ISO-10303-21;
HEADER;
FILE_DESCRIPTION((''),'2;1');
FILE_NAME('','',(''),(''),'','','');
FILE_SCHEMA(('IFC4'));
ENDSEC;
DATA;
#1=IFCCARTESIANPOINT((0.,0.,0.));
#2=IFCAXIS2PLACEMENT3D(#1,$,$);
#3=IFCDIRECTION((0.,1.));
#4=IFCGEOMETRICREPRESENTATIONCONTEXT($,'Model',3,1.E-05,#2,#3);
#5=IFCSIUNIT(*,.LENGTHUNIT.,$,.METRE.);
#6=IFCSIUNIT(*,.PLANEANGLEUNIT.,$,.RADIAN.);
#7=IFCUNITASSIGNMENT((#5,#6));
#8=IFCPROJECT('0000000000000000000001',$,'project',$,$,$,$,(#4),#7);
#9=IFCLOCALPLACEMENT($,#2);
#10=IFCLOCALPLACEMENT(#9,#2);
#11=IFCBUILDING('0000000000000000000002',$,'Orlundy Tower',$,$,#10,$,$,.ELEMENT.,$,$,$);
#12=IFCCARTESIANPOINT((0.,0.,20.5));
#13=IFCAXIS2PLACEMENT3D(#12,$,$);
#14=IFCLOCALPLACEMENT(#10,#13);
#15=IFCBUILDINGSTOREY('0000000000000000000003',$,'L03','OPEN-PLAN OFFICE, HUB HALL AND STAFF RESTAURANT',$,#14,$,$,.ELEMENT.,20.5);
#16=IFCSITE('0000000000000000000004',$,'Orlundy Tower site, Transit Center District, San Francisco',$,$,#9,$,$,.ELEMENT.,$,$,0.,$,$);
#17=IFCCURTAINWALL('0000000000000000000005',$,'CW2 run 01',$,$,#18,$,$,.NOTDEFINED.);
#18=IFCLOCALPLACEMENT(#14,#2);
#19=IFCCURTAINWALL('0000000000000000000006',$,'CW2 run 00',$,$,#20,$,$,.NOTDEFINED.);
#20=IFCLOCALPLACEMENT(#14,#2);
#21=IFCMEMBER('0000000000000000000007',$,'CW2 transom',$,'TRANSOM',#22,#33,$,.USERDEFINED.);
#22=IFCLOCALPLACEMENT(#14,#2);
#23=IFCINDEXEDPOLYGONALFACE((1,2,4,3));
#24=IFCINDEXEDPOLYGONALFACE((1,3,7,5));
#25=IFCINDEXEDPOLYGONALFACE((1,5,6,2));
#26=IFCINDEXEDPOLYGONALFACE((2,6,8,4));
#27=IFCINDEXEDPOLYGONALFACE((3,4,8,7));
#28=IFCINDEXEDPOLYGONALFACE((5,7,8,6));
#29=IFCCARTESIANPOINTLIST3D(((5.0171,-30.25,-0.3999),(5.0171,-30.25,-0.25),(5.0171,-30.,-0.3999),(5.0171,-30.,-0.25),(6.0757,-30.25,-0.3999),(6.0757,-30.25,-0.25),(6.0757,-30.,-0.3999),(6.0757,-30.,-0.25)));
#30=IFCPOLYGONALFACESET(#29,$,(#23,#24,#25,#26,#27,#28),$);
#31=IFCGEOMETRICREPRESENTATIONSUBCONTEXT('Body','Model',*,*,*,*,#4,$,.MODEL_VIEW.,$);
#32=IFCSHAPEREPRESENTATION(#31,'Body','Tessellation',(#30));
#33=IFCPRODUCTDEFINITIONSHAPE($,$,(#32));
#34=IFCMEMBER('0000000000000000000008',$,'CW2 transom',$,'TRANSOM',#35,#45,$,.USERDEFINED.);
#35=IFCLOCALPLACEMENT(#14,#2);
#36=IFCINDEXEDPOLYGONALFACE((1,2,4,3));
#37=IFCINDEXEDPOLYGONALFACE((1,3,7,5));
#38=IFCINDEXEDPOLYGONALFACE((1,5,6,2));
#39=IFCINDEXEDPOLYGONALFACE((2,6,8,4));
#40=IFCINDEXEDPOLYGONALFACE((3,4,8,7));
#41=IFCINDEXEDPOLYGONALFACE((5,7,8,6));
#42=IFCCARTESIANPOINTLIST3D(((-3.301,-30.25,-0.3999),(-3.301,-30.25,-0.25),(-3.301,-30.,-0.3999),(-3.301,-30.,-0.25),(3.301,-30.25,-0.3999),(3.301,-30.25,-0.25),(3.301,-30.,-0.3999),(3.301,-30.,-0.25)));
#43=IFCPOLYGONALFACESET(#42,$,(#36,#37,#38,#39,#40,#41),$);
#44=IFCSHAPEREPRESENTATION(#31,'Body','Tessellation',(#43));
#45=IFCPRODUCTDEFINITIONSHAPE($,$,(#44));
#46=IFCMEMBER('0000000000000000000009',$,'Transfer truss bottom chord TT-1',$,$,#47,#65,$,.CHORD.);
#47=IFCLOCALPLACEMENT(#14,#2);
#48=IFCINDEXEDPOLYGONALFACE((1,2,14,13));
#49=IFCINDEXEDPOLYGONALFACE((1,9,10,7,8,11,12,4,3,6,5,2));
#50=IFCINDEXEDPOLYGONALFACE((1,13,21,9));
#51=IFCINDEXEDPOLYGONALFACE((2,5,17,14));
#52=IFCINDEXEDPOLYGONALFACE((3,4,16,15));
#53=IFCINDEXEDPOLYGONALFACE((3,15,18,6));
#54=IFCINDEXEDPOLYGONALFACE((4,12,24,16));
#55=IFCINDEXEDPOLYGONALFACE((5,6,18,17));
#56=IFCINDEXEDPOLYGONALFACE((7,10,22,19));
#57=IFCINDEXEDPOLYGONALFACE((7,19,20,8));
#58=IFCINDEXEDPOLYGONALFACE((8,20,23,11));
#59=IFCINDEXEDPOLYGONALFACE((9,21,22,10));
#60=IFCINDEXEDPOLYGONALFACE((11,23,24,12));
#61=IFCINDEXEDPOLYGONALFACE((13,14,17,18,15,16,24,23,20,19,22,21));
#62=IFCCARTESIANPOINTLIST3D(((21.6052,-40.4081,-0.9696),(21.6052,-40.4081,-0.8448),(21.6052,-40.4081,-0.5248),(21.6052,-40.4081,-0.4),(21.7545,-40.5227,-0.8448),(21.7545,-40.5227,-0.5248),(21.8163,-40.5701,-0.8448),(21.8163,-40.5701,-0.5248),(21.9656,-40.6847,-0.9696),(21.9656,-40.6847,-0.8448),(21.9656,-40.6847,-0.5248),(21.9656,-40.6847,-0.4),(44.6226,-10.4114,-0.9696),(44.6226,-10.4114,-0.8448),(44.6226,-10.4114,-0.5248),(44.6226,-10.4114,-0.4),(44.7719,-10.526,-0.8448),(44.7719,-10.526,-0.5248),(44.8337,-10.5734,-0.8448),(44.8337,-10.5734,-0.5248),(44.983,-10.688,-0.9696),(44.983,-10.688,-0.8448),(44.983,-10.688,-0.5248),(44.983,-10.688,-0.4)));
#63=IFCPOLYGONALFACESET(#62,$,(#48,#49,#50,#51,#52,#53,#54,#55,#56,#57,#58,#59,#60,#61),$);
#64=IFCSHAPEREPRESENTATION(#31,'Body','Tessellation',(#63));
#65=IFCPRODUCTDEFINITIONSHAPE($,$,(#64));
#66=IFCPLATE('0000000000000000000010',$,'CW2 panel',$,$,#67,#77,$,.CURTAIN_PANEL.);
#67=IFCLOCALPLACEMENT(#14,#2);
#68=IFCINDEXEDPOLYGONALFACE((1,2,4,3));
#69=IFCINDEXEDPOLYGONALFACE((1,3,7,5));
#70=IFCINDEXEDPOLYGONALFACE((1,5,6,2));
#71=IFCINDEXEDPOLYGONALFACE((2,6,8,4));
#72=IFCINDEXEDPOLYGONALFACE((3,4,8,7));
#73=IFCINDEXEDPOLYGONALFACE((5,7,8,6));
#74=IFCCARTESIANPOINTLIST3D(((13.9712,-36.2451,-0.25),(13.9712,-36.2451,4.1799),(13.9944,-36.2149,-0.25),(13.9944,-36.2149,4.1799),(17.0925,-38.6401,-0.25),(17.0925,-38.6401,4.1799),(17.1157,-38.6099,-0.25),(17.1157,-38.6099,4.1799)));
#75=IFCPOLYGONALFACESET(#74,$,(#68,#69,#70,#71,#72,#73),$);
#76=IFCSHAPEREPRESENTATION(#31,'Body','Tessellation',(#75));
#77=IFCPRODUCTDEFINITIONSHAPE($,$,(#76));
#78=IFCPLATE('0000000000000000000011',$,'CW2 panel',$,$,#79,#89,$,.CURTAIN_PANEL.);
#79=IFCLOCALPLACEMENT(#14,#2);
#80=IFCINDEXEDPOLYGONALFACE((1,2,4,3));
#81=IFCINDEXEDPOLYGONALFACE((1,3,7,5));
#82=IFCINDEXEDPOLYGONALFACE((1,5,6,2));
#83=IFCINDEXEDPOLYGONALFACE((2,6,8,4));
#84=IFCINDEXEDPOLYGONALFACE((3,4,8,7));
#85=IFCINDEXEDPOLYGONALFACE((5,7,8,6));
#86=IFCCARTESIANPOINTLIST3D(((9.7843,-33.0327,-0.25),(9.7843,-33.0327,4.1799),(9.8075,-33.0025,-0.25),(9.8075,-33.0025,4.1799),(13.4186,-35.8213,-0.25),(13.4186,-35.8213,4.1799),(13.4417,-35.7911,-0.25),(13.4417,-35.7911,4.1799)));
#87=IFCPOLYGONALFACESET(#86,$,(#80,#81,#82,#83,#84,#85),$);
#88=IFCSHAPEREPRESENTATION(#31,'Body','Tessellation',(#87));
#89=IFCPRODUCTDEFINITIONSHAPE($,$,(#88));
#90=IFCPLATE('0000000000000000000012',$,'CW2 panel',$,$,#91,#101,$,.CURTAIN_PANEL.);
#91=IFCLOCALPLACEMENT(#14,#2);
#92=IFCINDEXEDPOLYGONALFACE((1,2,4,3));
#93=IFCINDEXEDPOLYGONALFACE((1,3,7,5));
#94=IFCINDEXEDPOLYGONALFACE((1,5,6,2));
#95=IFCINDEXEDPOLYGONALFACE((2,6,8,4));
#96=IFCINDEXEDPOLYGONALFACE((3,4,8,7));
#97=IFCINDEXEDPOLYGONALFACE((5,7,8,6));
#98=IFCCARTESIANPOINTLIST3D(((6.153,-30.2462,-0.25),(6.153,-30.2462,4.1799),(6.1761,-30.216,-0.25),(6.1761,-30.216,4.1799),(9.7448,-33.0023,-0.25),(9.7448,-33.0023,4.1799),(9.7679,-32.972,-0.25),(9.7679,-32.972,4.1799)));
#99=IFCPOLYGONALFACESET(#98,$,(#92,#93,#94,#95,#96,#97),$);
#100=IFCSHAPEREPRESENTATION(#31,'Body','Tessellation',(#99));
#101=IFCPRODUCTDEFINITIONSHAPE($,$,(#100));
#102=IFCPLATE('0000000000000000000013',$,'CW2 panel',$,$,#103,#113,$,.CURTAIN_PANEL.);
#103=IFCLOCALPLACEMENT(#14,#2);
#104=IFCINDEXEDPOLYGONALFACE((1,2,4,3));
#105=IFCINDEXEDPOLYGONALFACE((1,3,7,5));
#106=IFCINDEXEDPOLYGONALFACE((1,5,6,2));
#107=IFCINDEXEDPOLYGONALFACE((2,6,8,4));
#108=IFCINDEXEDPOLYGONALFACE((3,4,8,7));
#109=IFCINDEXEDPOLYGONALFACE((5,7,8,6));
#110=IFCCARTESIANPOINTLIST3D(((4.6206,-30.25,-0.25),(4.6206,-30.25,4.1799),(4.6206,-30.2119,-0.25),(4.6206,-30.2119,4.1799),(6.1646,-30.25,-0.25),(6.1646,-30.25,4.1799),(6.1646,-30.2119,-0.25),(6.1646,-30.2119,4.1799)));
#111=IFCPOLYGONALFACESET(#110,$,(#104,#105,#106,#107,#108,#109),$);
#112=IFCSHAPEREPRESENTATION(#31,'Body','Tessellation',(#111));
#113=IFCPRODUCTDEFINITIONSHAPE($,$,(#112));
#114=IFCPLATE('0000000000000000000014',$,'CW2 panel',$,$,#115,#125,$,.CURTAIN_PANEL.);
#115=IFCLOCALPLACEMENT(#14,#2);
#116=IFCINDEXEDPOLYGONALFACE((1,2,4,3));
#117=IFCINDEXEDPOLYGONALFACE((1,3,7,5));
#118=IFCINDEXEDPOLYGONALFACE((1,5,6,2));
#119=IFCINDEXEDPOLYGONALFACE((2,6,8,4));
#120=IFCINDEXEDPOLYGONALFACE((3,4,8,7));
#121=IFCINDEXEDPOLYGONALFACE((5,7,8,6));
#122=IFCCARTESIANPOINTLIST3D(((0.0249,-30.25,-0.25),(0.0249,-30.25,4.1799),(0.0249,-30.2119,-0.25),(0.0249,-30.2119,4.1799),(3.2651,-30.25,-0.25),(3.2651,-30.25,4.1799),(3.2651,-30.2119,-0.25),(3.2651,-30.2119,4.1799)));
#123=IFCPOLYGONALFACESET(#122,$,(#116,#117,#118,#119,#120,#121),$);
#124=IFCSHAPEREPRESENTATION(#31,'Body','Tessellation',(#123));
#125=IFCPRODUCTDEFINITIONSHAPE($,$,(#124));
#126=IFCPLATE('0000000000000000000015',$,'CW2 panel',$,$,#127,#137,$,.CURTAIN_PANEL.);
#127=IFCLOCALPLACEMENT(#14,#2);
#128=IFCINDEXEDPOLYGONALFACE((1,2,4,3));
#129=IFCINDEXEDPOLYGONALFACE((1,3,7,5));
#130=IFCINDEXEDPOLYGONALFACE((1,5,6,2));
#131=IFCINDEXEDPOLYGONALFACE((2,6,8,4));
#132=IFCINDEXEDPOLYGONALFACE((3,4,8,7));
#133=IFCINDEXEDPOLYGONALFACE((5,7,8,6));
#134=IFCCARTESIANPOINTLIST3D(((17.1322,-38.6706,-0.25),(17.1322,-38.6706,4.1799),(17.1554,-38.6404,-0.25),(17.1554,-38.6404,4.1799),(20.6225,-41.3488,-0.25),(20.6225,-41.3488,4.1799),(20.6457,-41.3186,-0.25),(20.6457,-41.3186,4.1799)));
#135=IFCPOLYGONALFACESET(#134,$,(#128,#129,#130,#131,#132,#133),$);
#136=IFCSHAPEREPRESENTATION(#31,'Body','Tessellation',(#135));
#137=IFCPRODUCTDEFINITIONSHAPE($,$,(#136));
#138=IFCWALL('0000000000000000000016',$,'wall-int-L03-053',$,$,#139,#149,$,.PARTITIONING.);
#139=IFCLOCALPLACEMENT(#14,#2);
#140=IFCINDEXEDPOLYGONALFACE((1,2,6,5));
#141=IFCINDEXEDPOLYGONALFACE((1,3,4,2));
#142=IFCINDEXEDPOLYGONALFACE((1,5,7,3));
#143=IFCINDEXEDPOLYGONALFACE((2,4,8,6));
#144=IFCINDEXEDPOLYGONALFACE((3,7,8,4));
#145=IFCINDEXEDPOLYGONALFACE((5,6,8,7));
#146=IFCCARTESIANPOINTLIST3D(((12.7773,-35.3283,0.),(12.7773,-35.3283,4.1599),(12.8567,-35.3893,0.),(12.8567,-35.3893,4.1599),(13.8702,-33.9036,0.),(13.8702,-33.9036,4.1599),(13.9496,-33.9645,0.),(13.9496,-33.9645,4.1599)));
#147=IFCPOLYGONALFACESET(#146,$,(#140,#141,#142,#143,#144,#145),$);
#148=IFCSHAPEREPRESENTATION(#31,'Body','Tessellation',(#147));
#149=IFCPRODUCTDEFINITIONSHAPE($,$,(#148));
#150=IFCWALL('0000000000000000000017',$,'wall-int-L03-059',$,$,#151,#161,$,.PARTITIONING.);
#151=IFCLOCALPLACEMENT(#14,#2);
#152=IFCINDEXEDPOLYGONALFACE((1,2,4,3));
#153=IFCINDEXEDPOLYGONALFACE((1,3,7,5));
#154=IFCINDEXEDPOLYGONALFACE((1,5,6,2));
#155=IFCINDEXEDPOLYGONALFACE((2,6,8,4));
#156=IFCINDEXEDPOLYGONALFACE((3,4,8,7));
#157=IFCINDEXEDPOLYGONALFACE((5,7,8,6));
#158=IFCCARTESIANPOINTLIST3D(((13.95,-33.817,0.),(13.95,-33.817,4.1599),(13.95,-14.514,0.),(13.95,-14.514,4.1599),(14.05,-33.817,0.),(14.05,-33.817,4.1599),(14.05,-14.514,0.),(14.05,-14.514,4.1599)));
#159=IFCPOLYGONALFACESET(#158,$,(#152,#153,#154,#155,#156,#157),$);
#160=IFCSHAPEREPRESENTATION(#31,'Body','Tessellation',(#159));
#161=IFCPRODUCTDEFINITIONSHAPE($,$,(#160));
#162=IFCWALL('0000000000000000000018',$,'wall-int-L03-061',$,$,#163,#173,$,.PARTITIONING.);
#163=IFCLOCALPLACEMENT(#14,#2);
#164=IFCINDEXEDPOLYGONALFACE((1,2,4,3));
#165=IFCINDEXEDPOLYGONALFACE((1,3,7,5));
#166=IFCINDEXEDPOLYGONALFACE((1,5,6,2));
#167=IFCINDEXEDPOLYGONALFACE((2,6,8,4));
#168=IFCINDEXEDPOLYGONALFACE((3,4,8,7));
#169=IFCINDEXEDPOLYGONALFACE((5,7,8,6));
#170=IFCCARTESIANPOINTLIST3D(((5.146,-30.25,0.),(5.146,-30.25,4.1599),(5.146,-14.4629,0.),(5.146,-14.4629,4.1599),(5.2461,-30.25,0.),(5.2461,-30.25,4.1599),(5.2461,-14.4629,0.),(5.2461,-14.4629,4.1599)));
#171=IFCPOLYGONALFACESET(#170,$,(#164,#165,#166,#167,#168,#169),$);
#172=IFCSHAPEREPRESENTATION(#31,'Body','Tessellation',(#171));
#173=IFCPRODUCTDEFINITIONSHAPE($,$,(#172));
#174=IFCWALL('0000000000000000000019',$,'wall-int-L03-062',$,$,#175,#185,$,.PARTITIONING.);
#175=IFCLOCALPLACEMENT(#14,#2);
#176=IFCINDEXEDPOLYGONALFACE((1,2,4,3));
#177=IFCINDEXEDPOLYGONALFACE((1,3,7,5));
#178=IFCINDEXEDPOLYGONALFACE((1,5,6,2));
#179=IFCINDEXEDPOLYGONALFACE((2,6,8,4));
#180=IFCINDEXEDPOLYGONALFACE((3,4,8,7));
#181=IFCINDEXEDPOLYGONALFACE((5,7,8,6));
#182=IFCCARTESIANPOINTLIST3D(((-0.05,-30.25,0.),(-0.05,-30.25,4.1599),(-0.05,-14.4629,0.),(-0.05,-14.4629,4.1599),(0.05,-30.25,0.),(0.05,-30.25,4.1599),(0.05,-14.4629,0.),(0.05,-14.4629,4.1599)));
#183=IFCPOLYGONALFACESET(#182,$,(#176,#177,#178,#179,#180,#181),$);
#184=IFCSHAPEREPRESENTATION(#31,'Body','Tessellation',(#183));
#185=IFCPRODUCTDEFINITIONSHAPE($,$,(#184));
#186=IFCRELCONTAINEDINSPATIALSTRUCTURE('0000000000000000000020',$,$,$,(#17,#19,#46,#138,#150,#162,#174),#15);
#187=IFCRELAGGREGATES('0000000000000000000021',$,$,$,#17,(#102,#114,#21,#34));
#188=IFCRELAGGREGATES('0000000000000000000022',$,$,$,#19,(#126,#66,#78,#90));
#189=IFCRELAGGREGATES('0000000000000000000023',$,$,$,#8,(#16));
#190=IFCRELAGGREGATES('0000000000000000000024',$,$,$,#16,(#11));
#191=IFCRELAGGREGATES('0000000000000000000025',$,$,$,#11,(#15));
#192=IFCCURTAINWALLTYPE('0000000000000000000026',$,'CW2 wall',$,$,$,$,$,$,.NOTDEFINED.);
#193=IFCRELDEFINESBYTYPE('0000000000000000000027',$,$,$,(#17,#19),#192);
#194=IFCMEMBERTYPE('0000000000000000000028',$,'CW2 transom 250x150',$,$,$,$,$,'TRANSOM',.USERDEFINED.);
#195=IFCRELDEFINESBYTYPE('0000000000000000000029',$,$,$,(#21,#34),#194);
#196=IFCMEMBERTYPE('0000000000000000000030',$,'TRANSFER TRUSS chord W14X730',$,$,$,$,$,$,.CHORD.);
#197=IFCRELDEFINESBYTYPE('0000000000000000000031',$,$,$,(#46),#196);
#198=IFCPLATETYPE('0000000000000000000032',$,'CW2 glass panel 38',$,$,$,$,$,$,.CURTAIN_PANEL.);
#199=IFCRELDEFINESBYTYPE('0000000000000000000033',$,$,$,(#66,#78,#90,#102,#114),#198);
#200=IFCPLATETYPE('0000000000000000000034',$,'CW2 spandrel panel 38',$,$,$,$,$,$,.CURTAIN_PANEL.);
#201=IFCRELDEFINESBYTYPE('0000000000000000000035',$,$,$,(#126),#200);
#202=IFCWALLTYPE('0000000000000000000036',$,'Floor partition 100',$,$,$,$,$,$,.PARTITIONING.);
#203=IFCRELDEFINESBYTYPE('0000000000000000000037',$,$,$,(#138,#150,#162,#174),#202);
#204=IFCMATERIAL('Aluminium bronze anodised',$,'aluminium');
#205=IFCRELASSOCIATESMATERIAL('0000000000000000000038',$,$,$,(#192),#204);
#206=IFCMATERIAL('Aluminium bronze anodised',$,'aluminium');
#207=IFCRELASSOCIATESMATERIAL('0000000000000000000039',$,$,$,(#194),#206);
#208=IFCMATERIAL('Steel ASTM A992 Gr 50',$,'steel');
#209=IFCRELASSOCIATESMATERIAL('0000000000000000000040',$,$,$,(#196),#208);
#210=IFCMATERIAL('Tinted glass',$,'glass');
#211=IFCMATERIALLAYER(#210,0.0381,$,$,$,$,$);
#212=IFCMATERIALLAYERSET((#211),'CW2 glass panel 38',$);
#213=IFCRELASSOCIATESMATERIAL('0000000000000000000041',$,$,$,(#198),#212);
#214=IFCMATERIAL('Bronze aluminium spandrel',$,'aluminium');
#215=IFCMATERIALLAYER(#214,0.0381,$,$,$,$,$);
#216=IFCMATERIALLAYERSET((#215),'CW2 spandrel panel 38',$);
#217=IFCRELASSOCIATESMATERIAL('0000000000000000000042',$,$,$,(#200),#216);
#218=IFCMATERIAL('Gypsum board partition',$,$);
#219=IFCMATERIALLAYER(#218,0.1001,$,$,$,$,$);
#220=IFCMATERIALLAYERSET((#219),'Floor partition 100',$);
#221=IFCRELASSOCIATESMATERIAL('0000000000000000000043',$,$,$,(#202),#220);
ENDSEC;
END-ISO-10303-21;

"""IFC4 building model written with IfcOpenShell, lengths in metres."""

from ifc_helpers import new_model, si_unit, direction, frame, frame_2d, origin, origin_2d, place, context, subcontext, project, spatial, rectangle, i_section, extrude, material, layer, layer_set, material_profile, profile_set, type_object, element, aggregate, save


model = new_model("IFC4")

# Units and contexts
model_context = context("Model", 3, precision=1e-05, world=origin(), true_north=direction((0.0, 1.0)))
body_context = subcontext(model_context, "Body", "Model", "MODEL_VIEW")
ifc_project = project(units=[si_unit("LENGTHUNIT", "METRE"), si_unit("PLANEANGLEUNIT", "RADIAN")], contexts=[model_context])

# Site, building, storey
site_placement = place(None, origin())
site = spatial("IfcSite", under=ifc_project, at=site_placement, Name="Orlundy Tower site, Transit Center District, San Francisco", CompositionType="ELEMENT", RefElevation=0.0)
building_placement = place(site_placement, origin())
building = spatial("IfcBuilding", under=site, at=building_placement, Name="Orlundy Tower", CompositionType="ELEMENT")
storey_placement = place(building_placement, frame((0.0, 0.0, 20.5)))
storey = spatial("IfcBuildingStorey", under=building, at=storey_placement, Name="L03", Description="OPEN-PLAN OFFICE, HUB HALL AND STAFF RESTAURANT", CompositionType="ELEMENT", Elevation=20.5)

# Curtain wall
ifc_material_1 = material(Name="Aluminium bronze anodised", Category="aluminium")
curtain_wall_type = type_object("IfcCurtainWallType", Name="CW2 wall", PredefinedType="NOTDEFINED", material=ifc_material_1)
curtain_wall_1_placement = place(storey_placement, origin())
curtain_wall_1 = element("IfcCurtainWall", 1, at=curtain_wall_1_placement, inside=storey, type_object=curtain_wall_type, Name="CW2 run 01", PredefinedType="NOTDEFINED")

# Curtain wall
curtain_wall_2_placement = place(storey_placement, origin())
curtain_wall_2 = element("IfcCurtainWall", 2, at=curtain_wall_2_placement, inside=storey, type_object=curtain_wall_type, Name="CW2 run 00", PredefinedType="NOTDEFINED")

# Members
ifc_material_2 = material(Name="Aluminium bronze anodised", Category="aluminium")
ifc_material_profile_1 = material_profile(ifc_material_2, rectangle(XDim=0.25, YDim=0.1499, at=origin_2d()), Name="CW2 transom 250x150")
ifc_profile_set_1 = profile_set([ifc_material_profile_1], Name="Aluminium bronze anodised")
member_type_1 = type_object("IfcMemberType", Name="CW2 transom 250x150", ElementType="TRANSOM", PredefinedType="USERDEFINED", material=ifc_profile_set_1)
member_1_placement = place(storey_placement, frame((6.0757, -30.125, -0.325), z_axis=(-1.0, 0.0, 0.0), x_axis=(0.0, -1.0, 0.0)))
member_1 = element("IfcMember", 3, at=member_1_placement, type_object=member_type_1, Name="CW2 transom", ObjectType="TRANSOM", PredefinedType="USERDEFINED", context=body_context, shape_type="SweptSolid", body=[
    extrude(rectangle(XDim=0.25, YDim=0.1499, at=origin_2d()), origin(), (0.0, 0.0, 1.0), 1.0586),
])
member_2_placement = place(storey_placement, frame((3.301, -30.125, -0.325), z_axis=(-1.0, 0.0, 0.0), x_axis=(0.0, -1.0, 0.0)))
member_2 = element("IfcMember", 4, at=member_2_placement, type_object=member_type_1, Name="CW2 transom", ObjectType="TRANSOM", PredefinedType="USERDEFINED", context=body_context, shape_type="SweptSolid", body=[
    extrude(rectangle(XDim=0.25, YDim=0.1499, at=origin_2d()), origin(), (0.0, 0.0, 1.0), 6.6021),
])
ifc_material_3 = material(Name="Steel ASTM A992 Gr 50", Category="steel")
ifc_material_profile_2 = material_profile(ifc_material_3, i_section(OverallWidth=0.4543, OverallDepth=0.5696, WebThickness=0.0779, FlangeThickness=0.1248, at=origin_2d()), Name="W14X730")
ifc_profile_set_2 = profile_set([ifc_material_profile_2], Name="Steel ASTM A992 Gr 50")
member_type_2 = type_object("IfcMemberType", Name="TRANSFER TRUSS chord W14X730", PredefinedType="CHORD", material=ifc_profile_set_2)
member_3_placement = place(storey_placement, frame((21.7854, -40.5464, -0.6848), z_axis=(0.608764, 0.793351, 0.0), x_axis=(-0.793351, 0.608764, 0.0)))
element("IfcMember", 5, at=member_3_placement, inside=storey, type_object=member_type_2, Name="Transfer truss bottom chord TT-1", PredefinedType="CHORD", context=body_context, shape_type="SweptSolid", body=[
    extrude(i_section(OverallWidth=0.4543, OverallDepth=0.5696, WebThickness=0.0779, FlangeThickness=0.1248, at=origin_2d()), origin(), (0.0, 0.0, 1.0), 37.8101),
])

# Plates
ifc_material_4 = material(Name="Tinted glass", Category="glass")
ifc_layer_1 = layer(ifc_material_4, 0.0381)
ifc_layer_set_1 = layer_set([ifc_layer_1], Name="CW2 glass panel 38")
plate_type_1 = type_object("IfcPlateType", Name="CW2 glass panel 38", PredefinedType="CURTAIN_PANEL", material=ifc_layer_set_1)
plate_1_placement = place(storey_placement, frame((15.5435, -37.4275, -0.25), z_axis=(0.0, 0.0, 1.0), x_axis=(-0.793357, 0.608757, 0.0)))
plate_1 = element("IfcPlate", 6, at=plate_1_placement, type_object=plate_type_1, Name="CW2 panel", PredefinedType="CURTAIN_PANEL", context=body_context, shape_type="SweptSolid", body=[
    extrude(rectangle(XDim=3.9343, YDim=0.0381, at=origin_2d()), origin(), (0.0, 0.0, 1.0), 4.4299),
])
plate_2_placement = place(storey_placement, frame((11.613, -34.4119, -0.25), z_axis=(0.0, 0.0, 1.0), x_axis=(-0.793357, 0.608757, 0.0)))
plate_2 = element("IfcPlate", 7, at=plate_2_placement, type_object=plate_type_1, Name="CW2 panel", PredefinedType="CURTAIN_PANEL", context=body_context, shape_type="SweptSolid", body=[
    extrude(rectangle(XDim=4.5808, YDim=0.0381, at=origin_2d()), origin(), (0.0, 0.0, 1.0), 4.4299),
])
plate_3_placement = place(storey_placement, frame((7.9604, -31.6091, -0.25), z_axis=(0.0, 0.0, 1.0), x_axis=(-0.793357, 0.608757, 0.0)))
plate_3 = element("IfcPlate", 8, at=plate_3_placement, type_object=plate_type_1, Name="CW2 panel", PredefinedType="CURTAIN_PANEL", context=body_context, shape_type="SweptSolid", body=[
    extrude(rectangle(XDim=4.5273, YDim=0.0381, at=origin_2d()), origin(), (0.0, 0.0, 1.0), 4.4299),
])
plate_4_placement = place(storey_placement, frame((5.3926, -30.231, -0.25), z_axis=(0.0, 0.0, 1.0), x_axis=(-1.0, 0.0, 0.0)))
plate_4 = element("IfcPlate", 9, at=plate_4_placement, type_object=plate_type_1, Name="CW2 panel", PredefinedType="CURTAIN_PANEL", context=body_context, shape_type="SweptSolid", body=[
    extrude(rectangle(XDim=1.5439, YDim=0.0381, at=origin_2d()), origin(), (0.0, 0.0, 1.0), 4.4299),
])
plate_5_placement = place(storey_placement, frame((1.645, -30.231, -0.25), z_axis=(0.0, 0.0, 1.0), x_axis=(-1.0, 0.0, 0.0)))
plate_5 = element("IfcPlate", 10, at=plate_5_placement, type_object=plate_type_1, Name="CW2 panel", PredefinedType="CURTAIN_PANEL", context=body_context, shape_type="SweptSolid", body=[
    extrude(rectangle(XDim=3.2402, YDim=0.0381, at=origin_2d()), origin(), (0.0, 0.0, 1.0), 4.4299),
])
aggregate(curtain_wall_1, [plate_4, plate_5, member_1, member_2])
ifc_material_5 = material(Name="Bronze aluminium spandrel", Category="aluminium")
ifc_layer_2 = layer(ifc_material_5, 0.0381)
ifc_layer_set_2 = layer_set([ifc_layer_2], Name="CW2 spandrel panel 38")
plate_type_2 = type_object("IfcPlateType", Name="CW2 spandrel panel 38", PredefinedType="CURTAIN_PANEL", material=ifc_layer_set_2)
plate_6_placement = place(storey_placement, frame((18.8889, -39.9946, -0.25), z_axis=(0.0, 0.0, 1.0), x_axis=(-0.793357, 0.608757, 0.0)))
plate_6 = element("IfcPlate", 11, at=plate_6_placement, type_object=plate_type_2, Name="CW2 panel", PredefinedType="CURTAIN_PANEL", context=body_context, shape_type="SweptSolid", body=[
    extrude(rectangle(XDim=4.3994, YDim=0.0381, at=origin_2d()), origin(), (0.0, 0.0, 1.0), 4.4299),
])
aggregate(curtain_wall_2, [plate_6, plate_1, plate_2, plate_3])

# Walls
ifc_material_6 = material(Name="Gypsum board partition")
ifc_layer_3 = layer(ifc_material_6, 0.1001)
ifc_layer_set_3 = layer_set([ifc_layer_3], Name="Floor partition 100")
wall_type = type_object("IfcWallType", Name="Floor partition 100", PredefinedType="PARTITIONING", material=ifc_layer_set_3)
wall_1_placement = place(storey_placement, frame((12.8169, -35.3589, 0.0), z_axis=(0.0, 0.0, 1.0), x_axis=(0.608666, 0.793427, 0.0)))
element("IfcWall", 12, at=wall_1_placement, inside=storey, type_object=wall_type, Name="wall-int-L03-053", PredefinedType="PARTITIONING", context=body_context, shape_type="SweptSolid", body=[
    extrude(rectangle(XDim=1.7957, YDim=0.1001, at=frame_2d((0.8979, 0.0))), origin(), (0.0, 0.0, 1.0), 4.1599),
])
wall_2_placement = place(storey_placement, frame((14.0, -33.8169, 0.0), z_axis=(0.0, 0.0, 1.0), x_axis=(0.0, 1.0, 0.0)))
element("IfcWall", 13, at=wall_2_placement, inside=storey, type_object=wall_type, Name="wall-int-L03-059", PredefinedType="PARTITIONING", context=body_context, shape_type="SweptSolid", body=[
    extrude(rectangle(XDim=19.303, YDim=0.1001, at=frame_2d((9.6514, 0.0))), origin(), (0.0, 0.0, 1.0), 4.1599),
])
for number, where, z_axis, x_axis, name in (
    (14, (5.196, -30.25, 0.0), (0.0, 0.0, 1.0), (0.0, 1.0, 0.0), "wall-int-L03-061"),
    (15, (0.0, -30.25, 0.0), (0.0, 0.0, 1.0), (0.0, 1.0, 0.0), "wall-int-L03-062"),
):
    element("IfcWall", number, at=place(storey_placement, frame(where, z_axis=z_axis, x_axis=x_axis)), inside=storey, type_object=wall_type, Name=name, PredefinedType="PARTITIONING", context=body_context, shape_type="SweptSolid", body=[
        extrude(rectangle(XDim=15.7871, YDim=0.1001, at=frame_2d((7.8936, 0.0))), origin(), (0.0, 0.0, 1.0), 4.1599),
    ])

save(model, "model.ifc")
